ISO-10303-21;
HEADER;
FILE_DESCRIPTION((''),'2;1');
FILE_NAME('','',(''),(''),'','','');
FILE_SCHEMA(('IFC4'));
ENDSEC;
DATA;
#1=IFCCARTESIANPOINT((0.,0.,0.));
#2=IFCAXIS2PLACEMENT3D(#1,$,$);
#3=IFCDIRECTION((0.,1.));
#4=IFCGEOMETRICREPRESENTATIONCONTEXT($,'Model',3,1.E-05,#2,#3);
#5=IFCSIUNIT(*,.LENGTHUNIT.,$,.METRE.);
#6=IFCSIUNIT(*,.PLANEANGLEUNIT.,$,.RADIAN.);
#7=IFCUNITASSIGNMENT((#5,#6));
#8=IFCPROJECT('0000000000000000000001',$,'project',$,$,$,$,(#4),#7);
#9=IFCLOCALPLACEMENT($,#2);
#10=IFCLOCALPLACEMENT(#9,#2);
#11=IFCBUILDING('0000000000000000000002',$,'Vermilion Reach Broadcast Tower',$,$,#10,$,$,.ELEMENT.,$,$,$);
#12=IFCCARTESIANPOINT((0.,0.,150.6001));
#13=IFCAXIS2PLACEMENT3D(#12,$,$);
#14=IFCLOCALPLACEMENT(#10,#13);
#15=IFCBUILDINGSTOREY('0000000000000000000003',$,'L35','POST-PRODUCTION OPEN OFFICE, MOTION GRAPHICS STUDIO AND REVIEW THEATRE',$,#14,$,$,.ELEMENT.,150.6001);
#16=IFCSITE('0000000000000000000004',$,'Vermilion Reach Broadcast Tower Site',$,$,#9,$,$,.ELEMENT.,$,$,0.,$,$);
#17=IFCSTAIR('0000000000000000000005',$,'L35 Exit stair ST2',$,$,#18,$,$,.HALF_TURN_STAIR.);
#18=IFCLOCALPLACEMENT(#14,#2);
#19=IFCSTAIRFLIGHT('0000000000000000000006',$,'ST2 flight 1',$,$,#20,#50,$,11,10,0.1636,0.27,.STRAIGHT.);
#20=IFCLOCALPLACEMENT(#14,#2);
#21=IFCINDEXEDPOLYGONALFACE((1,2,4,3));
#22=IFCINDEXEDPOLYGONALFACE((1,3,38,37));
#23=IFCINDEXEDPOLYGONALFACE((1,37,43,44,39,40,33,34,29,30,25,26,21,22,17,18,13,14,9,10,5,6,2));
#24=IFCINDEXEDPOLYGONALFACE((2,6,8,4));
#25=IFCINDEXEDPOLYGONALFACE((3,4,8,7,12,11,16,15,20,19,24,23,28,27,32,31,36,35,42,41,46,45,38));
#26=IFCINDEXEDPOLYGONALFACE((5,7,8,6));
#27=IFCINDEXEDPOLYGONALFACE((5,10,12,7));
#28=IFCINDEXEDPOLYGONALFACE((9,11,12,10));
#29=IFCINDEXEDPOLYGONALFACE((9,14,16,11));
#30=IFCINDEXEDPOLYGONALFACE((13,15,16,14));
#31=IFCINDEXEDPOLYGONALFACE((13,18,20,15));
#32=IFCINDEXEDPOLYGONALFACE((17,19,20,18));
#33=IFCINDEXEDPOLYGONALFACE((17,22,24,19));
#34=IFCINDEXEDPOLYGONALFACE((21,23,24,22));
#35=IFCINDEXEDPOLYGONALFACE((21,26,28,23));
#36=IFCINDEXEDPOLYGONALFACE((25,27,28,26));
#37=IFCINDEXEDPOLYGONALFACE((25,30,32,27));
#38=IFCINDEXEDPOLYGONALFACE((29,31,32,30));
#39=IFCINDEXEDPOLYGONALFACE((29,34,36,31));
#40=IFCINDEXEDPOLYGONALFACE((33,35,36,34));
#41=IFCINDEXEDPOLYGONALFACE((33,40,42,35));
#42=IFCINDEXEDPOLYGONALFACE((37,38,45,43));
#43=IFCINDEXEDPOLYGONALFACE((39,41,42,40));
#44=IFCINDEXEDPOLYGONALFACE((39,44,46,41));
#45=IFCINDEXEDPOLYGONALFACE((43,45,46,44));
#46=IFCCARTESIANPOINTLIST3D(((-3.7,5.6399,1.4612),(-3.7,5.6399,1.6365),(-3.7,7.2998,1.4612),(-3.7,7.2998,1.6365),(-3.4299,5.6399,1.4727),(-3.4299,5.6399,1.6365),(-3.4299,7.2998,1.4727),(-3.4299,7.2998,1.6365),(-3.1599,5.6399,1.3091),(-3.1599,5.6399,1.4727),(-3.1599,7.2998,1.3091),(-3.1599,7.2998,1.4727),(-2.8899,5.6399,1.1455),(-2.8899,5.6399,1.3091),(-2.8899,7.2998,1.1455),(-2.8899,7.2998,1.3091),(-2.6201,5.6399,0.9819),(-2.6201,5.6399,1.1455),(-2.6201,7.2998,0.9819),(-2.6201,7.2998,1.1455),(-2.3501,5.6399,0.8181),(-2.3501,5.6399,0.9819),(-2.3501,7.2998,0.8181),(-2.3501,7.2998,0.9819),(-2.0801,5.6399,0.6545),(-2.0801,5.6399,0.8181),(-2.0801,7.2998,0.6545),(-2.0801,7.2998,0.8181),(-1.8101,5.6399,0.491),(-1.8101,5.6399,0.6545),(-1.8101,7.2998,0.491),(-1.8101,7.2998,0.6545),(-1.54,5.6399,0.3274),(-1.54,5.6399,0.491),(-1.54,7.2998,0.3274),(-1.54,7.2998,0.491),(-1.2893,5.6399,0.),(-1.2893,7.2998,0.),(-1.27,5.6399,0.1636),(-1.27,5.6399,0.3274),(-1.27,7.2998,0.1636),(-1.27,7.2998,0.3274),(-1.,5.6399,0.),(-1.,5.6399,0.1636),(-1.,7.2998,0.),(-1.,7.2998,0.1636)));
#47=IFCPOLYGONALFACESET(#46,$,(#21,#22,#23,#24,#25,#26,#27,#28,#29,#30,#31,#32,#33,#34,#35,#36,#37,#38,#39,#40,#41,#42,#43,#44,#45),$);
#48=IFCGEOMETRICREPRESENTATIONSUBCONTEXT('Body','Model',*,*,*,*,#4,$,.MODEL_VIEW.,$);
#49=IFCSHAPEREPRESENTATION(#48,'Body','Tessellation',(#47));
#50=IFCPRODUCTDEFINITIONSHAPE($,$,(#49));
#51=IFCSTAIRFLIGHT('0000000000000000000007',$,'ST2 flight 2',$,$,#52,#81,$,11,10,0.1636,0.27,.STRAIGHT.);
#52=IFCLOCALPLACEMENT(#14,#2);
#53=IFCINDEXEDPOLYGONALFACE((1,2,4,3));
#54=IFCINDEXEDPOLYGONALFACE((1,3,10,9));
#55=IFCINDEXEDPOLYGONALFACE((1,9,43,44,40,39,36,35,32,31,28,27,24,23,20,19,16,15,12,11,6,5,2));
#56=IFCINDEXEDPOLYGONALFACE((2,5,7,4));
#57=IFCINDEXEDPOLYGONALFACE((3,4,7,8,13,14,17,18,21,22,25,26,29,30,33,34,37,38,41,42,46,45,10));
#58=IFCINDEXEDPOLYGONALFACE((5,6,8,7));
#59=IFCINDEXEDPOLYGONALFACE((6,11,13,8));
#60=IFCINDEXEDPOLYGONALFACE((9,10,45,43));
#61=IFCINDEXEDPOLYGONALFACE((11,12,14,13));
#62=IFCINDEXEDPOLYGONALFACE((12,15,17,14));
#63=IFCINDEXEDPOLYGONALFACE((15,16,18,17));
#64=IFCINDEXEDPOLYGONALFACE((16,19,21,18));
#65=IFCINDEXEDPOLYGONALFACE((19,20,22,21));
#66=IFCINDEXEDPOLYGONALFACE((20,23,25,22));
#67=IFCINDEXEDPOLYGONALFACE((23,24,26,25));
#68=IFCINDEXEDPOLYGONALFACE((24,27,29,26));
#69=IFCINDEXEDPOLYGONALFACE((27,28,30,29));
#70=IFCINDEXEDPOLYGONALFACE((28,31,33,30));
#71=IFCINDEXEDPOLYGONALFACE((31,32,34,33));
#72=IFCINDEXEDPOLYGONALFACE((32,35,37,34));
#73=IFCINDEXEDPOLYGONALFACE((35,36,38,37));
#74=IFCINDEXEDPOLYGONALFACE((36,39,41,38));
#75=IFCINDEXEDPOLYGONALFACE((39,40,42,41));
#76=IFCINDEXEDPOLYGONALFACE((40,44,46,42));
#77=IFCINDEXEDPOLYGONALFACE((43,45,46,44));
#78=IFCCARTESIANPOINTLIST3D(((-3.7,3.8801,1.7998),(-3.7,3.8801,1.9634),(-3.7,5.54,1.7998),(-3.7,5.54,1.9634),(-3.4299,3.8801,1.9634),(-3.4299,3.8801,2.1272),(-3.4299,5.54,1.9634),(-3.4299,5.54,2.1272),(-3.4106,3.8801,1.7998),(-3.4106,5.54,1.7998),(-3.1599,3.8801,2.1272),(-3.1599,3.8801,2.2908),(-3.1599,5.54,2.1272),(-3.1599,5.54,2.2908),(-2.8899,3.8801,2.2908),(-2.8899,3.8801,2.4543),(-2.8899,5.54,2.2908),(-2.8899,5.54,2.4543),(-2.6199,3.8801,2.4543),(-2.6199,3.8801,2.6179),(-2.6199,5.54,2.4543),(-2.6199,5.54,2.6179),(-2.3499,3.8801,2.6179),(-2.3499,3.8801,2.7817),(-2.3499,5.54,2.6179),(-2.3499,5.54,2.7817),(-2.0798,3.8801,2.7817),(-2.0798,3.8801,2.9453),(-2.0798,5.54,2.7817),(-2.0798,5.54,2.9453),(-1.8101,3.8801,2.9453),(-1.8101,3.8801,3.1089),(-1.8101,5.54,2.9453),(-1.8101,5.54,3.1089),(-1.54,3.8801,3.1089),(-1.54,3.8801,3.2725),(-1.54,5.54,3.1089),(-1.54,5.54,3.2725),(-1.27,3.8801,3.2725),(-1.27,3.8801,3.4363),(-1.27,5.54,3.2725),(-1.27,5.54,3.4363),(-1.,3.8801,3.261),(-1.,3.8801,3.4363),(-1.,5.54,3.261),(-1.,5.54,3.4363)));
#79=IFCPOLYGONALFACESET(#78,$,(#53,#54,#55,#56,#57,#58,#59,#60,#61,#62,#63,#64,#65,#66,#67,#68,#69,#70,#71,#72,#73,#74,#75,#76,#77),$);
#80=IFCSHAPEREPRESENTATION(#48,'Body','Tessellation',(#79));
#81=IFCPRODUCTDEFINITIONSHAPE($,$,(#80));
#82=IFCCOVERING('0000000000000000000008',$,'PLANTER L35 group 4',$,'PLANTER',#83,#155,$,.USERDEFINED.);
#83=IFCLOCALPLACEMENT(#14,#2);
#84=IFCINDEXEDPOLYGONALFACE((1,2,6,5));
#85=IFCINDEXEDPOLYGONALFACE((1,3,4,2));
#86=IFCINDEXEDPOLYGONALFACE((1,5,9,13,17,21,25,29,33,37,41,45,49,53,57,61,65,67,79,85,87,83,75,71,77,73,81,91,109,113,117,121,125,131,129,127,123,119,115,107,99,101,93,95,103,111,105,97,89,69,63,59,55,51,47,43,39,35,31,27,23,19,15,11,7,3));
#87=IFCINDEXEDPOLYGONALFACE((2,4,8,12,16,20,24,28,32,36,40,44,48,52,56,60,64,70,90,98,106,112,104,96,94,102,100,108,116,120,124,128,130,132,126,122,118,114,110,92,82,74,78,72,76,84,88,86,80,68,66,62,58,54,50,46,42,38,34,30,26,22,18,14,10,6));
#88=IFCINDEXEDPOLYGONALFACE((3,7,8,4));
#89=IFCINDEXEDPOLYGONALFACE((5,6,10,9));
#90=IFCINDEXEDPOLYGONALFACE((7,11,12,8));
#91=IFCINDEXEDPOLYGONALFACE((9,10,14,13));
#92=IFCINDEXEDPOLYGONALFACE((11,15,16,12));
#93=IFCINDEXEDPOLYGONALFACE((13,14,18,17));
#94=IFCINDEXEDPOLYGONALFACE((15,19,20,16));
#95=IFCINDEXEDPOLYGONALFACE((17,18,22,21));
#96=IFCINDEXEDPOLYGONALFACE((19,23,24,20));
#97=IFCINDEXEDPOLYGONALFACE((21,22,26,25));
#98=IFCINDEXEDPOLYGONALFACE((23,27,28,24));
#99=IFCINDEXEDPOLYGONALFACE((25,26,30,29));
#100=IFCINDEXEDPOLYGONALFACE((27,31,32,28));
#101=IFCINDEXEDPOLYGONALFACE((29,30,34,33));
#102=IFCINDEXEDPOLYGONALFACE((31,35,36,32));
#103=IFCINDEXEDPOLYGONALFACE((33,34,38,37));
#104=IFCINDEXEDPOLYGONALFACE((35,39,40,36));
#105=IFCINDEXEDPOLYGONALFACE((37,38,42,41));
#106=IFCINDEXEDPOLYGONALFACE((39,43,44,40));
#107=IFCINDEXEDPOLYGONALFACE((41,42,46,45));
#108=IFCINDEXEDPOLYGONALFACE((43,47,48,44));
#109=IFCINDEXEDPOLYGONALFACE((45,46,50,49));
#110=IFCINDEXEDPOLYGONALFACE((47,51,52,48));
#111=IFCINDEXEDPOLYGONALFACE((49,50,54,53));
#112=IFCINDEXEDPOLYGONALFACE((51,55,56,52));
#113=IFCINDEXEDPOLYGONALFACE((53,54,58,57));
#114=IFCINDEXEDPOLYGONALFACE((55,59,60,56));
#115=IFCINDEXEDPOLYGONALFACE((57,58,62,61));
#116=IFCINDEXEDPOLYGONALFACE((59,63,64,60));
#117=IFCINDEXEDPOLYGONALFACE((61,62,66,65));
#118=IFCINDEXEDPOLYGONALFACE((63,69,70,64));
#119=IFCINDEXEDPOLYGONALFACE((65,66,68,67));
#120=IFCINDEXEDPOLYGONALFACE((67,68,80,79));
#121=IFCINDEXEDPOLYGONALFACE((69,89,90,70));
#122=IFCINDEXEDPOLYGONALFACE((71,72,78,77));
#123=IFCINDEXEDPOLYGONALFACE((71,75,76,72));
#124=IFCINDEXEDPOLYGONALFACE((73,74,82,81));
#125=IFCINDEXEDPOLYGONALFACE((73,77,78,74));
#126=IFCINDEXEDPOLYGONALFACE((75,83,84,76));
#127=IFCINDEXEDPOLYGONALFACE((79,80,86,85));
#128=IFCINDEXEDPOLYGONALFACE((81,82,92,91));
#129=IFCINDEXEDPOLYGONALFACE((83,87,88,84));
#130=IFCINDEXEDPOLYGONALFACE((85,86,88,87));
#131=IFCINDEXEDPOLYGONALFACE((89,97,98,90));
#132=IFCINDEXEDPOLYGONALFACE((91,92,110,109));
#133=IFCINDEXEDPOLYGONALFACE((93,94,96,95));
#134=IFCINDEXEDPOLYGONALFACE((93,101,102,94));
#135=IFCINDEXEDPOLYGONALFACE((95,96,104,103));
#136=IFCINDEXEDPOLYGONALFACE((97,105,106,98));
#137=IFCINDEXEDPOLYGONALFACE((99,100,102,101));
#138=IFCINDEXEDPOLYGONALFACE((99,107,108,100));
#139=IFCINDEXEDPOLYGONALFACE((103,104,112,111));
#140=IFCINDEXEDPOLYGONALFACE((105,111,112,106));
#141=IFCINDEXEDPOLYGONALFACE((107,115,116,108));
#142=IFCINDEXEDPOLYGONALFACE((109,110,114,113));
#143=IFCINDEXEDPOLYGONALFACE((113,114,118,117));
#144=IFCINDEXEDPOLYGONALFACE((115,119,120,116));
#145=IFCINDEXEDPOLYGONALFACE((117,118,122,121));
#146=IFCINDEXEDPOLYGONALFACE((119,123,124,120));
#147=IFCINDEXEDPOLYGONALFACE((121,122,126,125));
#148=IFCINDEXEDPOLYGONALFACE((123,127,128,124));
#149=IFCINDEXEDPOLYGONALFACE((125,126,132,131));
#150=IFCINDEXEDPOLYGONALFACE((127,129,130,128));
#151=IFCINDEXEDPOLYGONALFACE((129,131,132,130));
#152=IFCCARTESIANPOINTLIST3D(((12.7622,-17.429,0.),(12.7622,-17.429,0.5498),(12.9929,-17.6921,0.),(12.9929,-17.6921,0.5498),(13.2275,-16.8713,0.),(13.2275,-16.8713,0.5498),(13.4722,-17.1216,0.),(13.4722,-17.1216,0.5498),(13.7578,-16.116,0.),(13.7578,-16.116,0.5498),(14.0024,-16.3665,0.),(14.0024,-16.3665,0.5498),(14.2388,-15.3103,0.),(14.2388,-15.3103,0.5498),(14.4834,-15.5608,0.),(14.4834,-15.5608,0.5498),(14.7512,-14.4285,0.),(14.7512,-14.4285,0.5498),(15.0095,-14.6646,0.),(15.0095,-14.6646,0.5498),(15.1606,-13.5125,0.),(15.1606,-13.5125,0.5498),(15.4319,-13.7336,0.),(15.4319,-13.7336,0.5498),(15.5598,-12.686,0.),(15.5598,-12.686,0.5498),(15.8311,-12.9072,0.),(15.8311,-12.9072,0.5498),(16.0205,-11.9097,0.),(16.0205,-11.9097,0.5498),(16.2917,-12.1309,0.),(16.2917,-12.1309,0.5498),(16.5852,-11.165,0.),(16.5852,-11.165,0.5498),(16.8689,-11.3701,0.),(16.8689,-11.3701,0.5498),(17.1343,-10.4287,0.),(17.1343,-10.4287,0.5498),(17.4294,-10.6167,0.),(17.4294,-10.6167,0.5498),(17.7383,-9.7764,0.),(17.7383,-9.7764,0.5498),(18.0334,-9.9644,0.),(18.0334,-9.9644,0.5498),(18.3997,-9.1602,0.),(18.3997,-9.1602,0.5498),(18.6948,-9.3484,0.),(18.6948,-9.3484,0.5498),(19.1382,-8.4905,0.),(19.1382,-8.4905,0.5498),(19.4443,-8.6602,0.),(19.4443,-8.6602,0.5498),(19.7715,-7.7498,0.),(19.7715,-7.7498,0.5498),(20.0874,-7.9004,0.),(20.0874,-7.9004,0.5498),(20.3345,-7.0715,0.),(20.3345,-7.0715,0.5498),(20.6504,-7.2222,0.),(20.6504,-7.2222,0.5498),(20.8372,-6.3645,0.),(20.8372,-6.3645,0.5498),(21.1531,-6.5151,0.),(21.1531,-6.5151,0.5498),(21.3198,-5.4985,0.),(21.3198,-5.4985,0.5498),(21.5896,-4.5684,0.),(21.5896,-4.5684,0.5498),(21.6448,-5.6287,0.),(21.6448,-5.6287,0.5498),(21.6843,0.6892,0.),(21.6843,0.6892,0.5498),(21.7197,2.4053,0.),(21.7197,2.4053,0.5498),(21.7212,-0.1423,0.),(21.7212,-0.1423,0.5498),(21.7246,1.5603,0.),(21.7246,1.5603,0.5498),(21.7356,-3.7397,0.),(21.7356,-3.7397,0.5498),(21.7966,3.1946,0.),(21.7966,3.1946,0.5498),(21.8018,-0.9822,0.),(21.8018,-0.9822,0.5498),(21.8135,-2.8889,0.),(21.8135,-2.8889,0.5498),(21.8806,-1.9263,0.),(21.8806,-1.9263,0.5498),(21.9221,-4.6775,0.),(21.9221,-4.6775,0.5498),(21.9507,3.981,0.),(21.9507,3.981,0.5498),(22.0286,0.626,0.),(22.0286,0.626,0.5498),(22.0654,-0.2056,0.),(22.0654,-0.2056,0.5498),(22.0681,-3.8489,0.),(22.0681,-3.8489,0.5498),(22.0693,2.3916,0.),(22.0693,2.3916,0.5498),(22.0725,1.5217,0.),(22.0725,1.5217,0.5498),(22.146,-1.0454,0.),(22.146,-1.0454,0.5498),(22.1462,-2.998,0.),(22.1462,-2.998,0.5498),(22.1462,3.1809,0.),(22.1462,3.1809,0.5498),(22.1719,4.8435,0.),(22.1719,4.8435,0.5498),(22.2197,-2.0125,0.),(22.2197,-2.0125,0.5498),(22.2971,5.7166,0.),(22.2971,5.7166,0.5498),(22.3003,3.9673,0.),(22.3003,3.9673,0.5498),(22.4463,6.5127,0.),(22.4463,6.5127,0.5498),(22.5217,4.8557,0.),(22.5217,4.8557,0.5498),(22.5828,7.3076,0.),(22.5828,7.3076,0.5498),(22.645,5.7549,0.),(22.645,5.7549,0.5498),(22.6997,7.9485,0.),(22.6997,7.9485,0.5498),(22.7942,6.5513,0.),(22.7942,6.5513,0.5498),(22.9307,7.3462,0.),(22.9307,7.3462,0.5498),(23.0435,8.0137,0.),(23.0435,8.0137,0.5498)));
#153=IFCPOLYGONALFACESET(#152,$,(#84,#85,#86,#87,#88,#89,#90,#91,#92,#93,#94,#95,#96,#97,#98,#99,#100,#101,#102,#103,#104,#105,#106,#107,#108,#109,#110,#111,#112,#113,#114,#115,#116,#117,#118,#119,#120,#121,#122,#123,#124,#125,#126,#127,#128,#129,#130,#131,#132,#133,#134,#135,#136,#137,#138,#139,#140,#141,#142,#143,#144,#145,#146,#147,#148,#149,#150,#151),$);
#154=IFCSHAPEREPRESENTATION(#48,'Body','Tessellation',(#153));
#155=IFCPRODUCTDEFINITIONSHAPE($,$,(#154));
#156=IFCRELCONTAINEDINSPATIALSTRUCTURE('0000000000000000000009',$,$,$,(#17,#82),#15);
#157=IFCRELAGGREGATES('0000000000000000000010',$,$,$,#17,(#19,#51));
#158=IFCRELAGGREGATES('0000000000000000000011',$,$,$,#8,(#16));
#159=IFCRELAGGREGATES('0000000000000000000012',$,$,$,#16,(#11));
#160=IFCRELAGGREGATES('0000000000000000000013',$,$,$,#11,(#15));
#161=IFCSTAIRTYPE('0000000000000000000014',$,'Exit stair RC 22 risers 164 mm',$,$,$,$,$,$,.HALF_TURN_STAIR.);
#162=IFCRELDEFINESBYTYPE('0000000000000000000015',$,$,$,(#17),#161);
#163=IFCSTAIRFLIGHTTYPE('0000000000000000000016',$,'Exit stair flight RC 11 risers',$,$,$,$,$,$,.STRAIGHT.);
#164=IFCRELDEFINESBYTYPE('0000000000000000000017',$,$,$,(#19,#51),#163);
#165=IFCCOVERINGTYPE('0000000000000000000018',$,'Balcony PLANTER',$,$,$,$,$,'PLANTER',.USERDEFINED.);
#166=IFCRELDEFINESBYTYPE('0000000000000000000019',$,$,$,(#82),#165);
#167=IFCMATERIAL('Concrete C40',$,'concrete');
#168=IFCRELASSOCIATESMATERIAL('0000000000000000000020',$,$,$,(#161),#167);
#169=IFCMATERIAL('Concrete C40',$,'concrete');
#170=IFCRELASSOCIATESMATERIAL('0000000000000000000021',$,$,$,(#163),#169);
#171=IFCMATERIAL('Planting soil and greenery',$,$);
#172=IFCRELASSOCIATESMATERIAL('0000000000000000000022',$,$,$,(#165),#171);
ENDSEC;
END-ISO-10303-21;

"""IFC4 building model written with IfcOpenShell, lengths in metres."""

from ifc_helpers import new_model, si_unit, direction, frame, origin, place, context, subcontext, project, spatial, polyline, outline, extrude, material, type_object, element, aggregate, save


model = new_model("IFC4")

# Units and contexts
model_context = context("Model", 3, precision=1e-05, world=origin(), true_north=direction((0.0, 1.0)))
body_context = subcontext(model_context, "Body", "Model", "MODEL_VIEW")
ifc_project = project(units=[si_unit("LENGTHUNIT", "METRE"), si_unit("PLANEANGLEUNIT", "RADIAN")], contexts=[model_context])

# Site, building, storey
site_placement = place(None, origin())
site = spatial("IfcSite", under=ifc_project, at=site_placement, Name="Vermilion Reach Broadcast Tower Site", CompositionType="ELEMENT", RefElevation=0.0)
building_placement = place(site_placement, origin())
building = spatial("IfcBuilding", under=site, at=building_placement, Name="Vermilion Reach Broadcast Tower", CompositionType="ELEMENT")
storey_placement = place(building_placement, frame((0.0, 0.0, 150.6001)))
storey = spatial("IfcBuildingStorey", under=building, at=storey_placement, Name="L35", Description="POST-PRODUCTION OPEN OFFICE, MOTION GRAPHICS STUDIO AND REVIEW THEATRE", CompositionType="ELEMENT", Elevation=150.6001)

# Stair
ifc_material_1 = material(Name="Concrete C40", Category="concrete")
stair_type = type_object("IfcStairType", Name="Exit stair RC 22 risers 164 mm", PredefinedType="HALF_TURN_STAIR", material=ifc_material_1)
placement_1 = place(storey_placement, origin())
stair_1 = element("IfcStair", 1, at=placement_1, inside=storey, type_object=stair_type, Name="L35 Exit stair ST2", PredefinedType="HALF_TURN_STAIR")

# Stair flights
ifc_material_2 = material(Name="Concrete C40", Category="concrete")
stair_flight_type = type_object("IfcStairFlightType", Name="Exit stair flight RC 11 risers", PredefinedType="STRAIGHT", material=ifc_material_2)
stair_flight_1_placement = place(storey_placement, frame((-1.0, 6.47, 0.0), z_axis=(0.0, 0.0, 1.0), x_axis=(-1.0, 0.0, 0.0)))
stair_flight_1 = element("IfcStairFlight", 2, at=stair_flight_1_placement, type_object=stair_flight_type, Name="ST2 flight 1", NumberOfRisers=11, NumberOfTreads=10, PredefinedType="STRAIGHT", RiserHeight=0.1636, TreadLength=0.27, context=body_context, shape_type="SweptSolid", body=[
    extrude(outline(polyline([(0.0, 0.0), (0.0, 0.1636), (0.27, 0.1636), (0.27, 0.3274), (0.54, 0.3274), (0.54, 0.491), (0.8101, 0.491), (0.8101, 0.6545), (1.0801, 0.6545), (1.0801, 0.8181), (1.3501, 0.8181), (1.3501, 0.9819), (1.6201, 0.9819), (1.6201, 1.1455), (1.8899, 1.1455), (1.8899, 1.3091), (2.1599, 1.3091), (2.1599, 1.4727), (2.4299, 1.4727), (2.4299, 1.6365), (2.7, 1.6365), (2.7, 1.8), (2.7, 1.4612), (0.2893, 0.0), (0.0, 0.0)])), frame((0.0, 0.8301, 0.0), z_axis=(0.0, -1.0, 0.0), x_axis=(1.0, 0.0, 0.0)), (0.0, 0.0, 1.0), 1.6599),
])
stair_flight_2_placement = place(storey_placement, frame((-3.7, 4.71, 1.7998), z_axis=(0.0, 0.0, 1.0), x_axis=(1.0, 0.0, 0.0)))
stair_flight_2 = element("IfcStairFlight", 3, at=stair_flight_2_placement, type_object=stair_flight_type, Name="ST2 flight 2", NumberOfRisers=11, NumberOfTreads=10, PredefinedType="STRAIGHT", RiserHeight=0.1636, TreadLength=0.27, context=body_context, shape_type="SweptSolid", body=[
    extrude(outline(polyline([(0.0, 0.0), (0.0, 0.1636), (0.27, 0.1636), (0.27, 0.3274), (0.54, 0.3274), (0.54, 0.491), (0.8101, 0.491), (0.8101, 0.6545), (1.0801, 0.6545), (1.0801, 0.8181), (1.3501, 0.8181), (1.3501, 0.9819), (1.6201, 0.9819), (1.6201, 1.1455), (1.8899, 1.1455), (1.8899, 1.3091), (2.1599, 1.3091), (2.1599, 1.4727), (2.4299, 1.4727), (2.4299, 1.6365), (2.7, 1.6365), (2.7, 1.8), (2.7, 1.4612), (0.2893, 0.0), (0.0, 0.0)])), frame((0.0, 0.8301, 0.0), z_axis=(0.0, -1.0, 0.0), x_axis=(1.0, 0.0, 0.0)), (0.0, 0.0, 1.0), 1.6599),
])
aggregate(stair_1, [stair_flight_1, stair_flight_2])

# Covering
ifc_material_3 = material(Name="Planting soil and greenery")
covering_type = type_object("IfcCoveringType", Name="Balcony PLANTER", ElementType="PLANTER", PredefinedType="USERDEFINED", material=ifc_material_3)
element("IfcCovering", 4, at=placement_1, inside=storey, type_object=covering_type, Name="PLANTER L35 group 4", ObjectType="PLANTER", PredefinedType="USERDEFINED", context=body_context, shape_type="SweptSolid", body=[
    extrude(outline(polyline([(12.9929, -17.6921), (13.4722, -17.1216), (14.0024, -16.3665), (14.4834, -15.5608), (15.0095, -14.6646), (15.4319, -13.7336), (15.8311, -12.9072), (16.2917, -12.1309), (16.8689, -11.3701), (17.4294, -10.6167), (18.0334, -9.9644), (18.6948, -9.3484), (19.4443, -8.6602), (20.0874, -7.9004), (20.6504, -7.2222), (21.1531, -6.5151), (21.6448, -5.6287), (21.9221, -4.6775), (22.0681, -3.8489), (22.1462, -2.998), (22.2197, -2.0125), (22.146, -1.0454), (22.0654, -0.2056), (22.0286, 0.626), (22.0725, 1.5217), (22.0693, 2.3916), (22.1462, 3.1809), (22.3003, 3.9673), (22.5217, 4.8557), (22.645, 5.7549), (22.7942, 6.5513), (22.9307, 7.3462), (23.0435, 8.0137), (22.6997, 7.9485), (22.5828, 7.3076), (22.4463, 6.5127), (22.2971, 5.7166), (22.1719, 4.8435), (21.9507, 3.981), (21.7966, 3.1946), (21.7197, 2.4053), (21.7246, 1.5603), (21.6843, 0.6892), (21.7212, -0.1423), (21.8018, -0.9822), (21.8806, -1.9263), (21.8135, -2.8889), (21.7356, -3.7397), (21.5896, -4.5684), (21.3198, -5.4985), (20.8372, -6.3645), (20.3345, -7.0715), (19.7715, -7.7498), (19.1382, -8.4905), (18.3997, -9.1602), (17.7383, -9.7764), (17.1343, -10.4287), (16.5852, -11.165), (16.0205, -11.9097), (15.5598, -12.686), (15.1606, -13.5125), (14.7512, -14.4285), (14.2388, -15.3103), (13.7578, -16.116), (13.2275, -16.8713), (12.7622, -17.429), (12.9929, -17.6921)])), origin(), (0.0, 0.0, 1.0), 0.5498),
])

save(model, "model.ifc")
